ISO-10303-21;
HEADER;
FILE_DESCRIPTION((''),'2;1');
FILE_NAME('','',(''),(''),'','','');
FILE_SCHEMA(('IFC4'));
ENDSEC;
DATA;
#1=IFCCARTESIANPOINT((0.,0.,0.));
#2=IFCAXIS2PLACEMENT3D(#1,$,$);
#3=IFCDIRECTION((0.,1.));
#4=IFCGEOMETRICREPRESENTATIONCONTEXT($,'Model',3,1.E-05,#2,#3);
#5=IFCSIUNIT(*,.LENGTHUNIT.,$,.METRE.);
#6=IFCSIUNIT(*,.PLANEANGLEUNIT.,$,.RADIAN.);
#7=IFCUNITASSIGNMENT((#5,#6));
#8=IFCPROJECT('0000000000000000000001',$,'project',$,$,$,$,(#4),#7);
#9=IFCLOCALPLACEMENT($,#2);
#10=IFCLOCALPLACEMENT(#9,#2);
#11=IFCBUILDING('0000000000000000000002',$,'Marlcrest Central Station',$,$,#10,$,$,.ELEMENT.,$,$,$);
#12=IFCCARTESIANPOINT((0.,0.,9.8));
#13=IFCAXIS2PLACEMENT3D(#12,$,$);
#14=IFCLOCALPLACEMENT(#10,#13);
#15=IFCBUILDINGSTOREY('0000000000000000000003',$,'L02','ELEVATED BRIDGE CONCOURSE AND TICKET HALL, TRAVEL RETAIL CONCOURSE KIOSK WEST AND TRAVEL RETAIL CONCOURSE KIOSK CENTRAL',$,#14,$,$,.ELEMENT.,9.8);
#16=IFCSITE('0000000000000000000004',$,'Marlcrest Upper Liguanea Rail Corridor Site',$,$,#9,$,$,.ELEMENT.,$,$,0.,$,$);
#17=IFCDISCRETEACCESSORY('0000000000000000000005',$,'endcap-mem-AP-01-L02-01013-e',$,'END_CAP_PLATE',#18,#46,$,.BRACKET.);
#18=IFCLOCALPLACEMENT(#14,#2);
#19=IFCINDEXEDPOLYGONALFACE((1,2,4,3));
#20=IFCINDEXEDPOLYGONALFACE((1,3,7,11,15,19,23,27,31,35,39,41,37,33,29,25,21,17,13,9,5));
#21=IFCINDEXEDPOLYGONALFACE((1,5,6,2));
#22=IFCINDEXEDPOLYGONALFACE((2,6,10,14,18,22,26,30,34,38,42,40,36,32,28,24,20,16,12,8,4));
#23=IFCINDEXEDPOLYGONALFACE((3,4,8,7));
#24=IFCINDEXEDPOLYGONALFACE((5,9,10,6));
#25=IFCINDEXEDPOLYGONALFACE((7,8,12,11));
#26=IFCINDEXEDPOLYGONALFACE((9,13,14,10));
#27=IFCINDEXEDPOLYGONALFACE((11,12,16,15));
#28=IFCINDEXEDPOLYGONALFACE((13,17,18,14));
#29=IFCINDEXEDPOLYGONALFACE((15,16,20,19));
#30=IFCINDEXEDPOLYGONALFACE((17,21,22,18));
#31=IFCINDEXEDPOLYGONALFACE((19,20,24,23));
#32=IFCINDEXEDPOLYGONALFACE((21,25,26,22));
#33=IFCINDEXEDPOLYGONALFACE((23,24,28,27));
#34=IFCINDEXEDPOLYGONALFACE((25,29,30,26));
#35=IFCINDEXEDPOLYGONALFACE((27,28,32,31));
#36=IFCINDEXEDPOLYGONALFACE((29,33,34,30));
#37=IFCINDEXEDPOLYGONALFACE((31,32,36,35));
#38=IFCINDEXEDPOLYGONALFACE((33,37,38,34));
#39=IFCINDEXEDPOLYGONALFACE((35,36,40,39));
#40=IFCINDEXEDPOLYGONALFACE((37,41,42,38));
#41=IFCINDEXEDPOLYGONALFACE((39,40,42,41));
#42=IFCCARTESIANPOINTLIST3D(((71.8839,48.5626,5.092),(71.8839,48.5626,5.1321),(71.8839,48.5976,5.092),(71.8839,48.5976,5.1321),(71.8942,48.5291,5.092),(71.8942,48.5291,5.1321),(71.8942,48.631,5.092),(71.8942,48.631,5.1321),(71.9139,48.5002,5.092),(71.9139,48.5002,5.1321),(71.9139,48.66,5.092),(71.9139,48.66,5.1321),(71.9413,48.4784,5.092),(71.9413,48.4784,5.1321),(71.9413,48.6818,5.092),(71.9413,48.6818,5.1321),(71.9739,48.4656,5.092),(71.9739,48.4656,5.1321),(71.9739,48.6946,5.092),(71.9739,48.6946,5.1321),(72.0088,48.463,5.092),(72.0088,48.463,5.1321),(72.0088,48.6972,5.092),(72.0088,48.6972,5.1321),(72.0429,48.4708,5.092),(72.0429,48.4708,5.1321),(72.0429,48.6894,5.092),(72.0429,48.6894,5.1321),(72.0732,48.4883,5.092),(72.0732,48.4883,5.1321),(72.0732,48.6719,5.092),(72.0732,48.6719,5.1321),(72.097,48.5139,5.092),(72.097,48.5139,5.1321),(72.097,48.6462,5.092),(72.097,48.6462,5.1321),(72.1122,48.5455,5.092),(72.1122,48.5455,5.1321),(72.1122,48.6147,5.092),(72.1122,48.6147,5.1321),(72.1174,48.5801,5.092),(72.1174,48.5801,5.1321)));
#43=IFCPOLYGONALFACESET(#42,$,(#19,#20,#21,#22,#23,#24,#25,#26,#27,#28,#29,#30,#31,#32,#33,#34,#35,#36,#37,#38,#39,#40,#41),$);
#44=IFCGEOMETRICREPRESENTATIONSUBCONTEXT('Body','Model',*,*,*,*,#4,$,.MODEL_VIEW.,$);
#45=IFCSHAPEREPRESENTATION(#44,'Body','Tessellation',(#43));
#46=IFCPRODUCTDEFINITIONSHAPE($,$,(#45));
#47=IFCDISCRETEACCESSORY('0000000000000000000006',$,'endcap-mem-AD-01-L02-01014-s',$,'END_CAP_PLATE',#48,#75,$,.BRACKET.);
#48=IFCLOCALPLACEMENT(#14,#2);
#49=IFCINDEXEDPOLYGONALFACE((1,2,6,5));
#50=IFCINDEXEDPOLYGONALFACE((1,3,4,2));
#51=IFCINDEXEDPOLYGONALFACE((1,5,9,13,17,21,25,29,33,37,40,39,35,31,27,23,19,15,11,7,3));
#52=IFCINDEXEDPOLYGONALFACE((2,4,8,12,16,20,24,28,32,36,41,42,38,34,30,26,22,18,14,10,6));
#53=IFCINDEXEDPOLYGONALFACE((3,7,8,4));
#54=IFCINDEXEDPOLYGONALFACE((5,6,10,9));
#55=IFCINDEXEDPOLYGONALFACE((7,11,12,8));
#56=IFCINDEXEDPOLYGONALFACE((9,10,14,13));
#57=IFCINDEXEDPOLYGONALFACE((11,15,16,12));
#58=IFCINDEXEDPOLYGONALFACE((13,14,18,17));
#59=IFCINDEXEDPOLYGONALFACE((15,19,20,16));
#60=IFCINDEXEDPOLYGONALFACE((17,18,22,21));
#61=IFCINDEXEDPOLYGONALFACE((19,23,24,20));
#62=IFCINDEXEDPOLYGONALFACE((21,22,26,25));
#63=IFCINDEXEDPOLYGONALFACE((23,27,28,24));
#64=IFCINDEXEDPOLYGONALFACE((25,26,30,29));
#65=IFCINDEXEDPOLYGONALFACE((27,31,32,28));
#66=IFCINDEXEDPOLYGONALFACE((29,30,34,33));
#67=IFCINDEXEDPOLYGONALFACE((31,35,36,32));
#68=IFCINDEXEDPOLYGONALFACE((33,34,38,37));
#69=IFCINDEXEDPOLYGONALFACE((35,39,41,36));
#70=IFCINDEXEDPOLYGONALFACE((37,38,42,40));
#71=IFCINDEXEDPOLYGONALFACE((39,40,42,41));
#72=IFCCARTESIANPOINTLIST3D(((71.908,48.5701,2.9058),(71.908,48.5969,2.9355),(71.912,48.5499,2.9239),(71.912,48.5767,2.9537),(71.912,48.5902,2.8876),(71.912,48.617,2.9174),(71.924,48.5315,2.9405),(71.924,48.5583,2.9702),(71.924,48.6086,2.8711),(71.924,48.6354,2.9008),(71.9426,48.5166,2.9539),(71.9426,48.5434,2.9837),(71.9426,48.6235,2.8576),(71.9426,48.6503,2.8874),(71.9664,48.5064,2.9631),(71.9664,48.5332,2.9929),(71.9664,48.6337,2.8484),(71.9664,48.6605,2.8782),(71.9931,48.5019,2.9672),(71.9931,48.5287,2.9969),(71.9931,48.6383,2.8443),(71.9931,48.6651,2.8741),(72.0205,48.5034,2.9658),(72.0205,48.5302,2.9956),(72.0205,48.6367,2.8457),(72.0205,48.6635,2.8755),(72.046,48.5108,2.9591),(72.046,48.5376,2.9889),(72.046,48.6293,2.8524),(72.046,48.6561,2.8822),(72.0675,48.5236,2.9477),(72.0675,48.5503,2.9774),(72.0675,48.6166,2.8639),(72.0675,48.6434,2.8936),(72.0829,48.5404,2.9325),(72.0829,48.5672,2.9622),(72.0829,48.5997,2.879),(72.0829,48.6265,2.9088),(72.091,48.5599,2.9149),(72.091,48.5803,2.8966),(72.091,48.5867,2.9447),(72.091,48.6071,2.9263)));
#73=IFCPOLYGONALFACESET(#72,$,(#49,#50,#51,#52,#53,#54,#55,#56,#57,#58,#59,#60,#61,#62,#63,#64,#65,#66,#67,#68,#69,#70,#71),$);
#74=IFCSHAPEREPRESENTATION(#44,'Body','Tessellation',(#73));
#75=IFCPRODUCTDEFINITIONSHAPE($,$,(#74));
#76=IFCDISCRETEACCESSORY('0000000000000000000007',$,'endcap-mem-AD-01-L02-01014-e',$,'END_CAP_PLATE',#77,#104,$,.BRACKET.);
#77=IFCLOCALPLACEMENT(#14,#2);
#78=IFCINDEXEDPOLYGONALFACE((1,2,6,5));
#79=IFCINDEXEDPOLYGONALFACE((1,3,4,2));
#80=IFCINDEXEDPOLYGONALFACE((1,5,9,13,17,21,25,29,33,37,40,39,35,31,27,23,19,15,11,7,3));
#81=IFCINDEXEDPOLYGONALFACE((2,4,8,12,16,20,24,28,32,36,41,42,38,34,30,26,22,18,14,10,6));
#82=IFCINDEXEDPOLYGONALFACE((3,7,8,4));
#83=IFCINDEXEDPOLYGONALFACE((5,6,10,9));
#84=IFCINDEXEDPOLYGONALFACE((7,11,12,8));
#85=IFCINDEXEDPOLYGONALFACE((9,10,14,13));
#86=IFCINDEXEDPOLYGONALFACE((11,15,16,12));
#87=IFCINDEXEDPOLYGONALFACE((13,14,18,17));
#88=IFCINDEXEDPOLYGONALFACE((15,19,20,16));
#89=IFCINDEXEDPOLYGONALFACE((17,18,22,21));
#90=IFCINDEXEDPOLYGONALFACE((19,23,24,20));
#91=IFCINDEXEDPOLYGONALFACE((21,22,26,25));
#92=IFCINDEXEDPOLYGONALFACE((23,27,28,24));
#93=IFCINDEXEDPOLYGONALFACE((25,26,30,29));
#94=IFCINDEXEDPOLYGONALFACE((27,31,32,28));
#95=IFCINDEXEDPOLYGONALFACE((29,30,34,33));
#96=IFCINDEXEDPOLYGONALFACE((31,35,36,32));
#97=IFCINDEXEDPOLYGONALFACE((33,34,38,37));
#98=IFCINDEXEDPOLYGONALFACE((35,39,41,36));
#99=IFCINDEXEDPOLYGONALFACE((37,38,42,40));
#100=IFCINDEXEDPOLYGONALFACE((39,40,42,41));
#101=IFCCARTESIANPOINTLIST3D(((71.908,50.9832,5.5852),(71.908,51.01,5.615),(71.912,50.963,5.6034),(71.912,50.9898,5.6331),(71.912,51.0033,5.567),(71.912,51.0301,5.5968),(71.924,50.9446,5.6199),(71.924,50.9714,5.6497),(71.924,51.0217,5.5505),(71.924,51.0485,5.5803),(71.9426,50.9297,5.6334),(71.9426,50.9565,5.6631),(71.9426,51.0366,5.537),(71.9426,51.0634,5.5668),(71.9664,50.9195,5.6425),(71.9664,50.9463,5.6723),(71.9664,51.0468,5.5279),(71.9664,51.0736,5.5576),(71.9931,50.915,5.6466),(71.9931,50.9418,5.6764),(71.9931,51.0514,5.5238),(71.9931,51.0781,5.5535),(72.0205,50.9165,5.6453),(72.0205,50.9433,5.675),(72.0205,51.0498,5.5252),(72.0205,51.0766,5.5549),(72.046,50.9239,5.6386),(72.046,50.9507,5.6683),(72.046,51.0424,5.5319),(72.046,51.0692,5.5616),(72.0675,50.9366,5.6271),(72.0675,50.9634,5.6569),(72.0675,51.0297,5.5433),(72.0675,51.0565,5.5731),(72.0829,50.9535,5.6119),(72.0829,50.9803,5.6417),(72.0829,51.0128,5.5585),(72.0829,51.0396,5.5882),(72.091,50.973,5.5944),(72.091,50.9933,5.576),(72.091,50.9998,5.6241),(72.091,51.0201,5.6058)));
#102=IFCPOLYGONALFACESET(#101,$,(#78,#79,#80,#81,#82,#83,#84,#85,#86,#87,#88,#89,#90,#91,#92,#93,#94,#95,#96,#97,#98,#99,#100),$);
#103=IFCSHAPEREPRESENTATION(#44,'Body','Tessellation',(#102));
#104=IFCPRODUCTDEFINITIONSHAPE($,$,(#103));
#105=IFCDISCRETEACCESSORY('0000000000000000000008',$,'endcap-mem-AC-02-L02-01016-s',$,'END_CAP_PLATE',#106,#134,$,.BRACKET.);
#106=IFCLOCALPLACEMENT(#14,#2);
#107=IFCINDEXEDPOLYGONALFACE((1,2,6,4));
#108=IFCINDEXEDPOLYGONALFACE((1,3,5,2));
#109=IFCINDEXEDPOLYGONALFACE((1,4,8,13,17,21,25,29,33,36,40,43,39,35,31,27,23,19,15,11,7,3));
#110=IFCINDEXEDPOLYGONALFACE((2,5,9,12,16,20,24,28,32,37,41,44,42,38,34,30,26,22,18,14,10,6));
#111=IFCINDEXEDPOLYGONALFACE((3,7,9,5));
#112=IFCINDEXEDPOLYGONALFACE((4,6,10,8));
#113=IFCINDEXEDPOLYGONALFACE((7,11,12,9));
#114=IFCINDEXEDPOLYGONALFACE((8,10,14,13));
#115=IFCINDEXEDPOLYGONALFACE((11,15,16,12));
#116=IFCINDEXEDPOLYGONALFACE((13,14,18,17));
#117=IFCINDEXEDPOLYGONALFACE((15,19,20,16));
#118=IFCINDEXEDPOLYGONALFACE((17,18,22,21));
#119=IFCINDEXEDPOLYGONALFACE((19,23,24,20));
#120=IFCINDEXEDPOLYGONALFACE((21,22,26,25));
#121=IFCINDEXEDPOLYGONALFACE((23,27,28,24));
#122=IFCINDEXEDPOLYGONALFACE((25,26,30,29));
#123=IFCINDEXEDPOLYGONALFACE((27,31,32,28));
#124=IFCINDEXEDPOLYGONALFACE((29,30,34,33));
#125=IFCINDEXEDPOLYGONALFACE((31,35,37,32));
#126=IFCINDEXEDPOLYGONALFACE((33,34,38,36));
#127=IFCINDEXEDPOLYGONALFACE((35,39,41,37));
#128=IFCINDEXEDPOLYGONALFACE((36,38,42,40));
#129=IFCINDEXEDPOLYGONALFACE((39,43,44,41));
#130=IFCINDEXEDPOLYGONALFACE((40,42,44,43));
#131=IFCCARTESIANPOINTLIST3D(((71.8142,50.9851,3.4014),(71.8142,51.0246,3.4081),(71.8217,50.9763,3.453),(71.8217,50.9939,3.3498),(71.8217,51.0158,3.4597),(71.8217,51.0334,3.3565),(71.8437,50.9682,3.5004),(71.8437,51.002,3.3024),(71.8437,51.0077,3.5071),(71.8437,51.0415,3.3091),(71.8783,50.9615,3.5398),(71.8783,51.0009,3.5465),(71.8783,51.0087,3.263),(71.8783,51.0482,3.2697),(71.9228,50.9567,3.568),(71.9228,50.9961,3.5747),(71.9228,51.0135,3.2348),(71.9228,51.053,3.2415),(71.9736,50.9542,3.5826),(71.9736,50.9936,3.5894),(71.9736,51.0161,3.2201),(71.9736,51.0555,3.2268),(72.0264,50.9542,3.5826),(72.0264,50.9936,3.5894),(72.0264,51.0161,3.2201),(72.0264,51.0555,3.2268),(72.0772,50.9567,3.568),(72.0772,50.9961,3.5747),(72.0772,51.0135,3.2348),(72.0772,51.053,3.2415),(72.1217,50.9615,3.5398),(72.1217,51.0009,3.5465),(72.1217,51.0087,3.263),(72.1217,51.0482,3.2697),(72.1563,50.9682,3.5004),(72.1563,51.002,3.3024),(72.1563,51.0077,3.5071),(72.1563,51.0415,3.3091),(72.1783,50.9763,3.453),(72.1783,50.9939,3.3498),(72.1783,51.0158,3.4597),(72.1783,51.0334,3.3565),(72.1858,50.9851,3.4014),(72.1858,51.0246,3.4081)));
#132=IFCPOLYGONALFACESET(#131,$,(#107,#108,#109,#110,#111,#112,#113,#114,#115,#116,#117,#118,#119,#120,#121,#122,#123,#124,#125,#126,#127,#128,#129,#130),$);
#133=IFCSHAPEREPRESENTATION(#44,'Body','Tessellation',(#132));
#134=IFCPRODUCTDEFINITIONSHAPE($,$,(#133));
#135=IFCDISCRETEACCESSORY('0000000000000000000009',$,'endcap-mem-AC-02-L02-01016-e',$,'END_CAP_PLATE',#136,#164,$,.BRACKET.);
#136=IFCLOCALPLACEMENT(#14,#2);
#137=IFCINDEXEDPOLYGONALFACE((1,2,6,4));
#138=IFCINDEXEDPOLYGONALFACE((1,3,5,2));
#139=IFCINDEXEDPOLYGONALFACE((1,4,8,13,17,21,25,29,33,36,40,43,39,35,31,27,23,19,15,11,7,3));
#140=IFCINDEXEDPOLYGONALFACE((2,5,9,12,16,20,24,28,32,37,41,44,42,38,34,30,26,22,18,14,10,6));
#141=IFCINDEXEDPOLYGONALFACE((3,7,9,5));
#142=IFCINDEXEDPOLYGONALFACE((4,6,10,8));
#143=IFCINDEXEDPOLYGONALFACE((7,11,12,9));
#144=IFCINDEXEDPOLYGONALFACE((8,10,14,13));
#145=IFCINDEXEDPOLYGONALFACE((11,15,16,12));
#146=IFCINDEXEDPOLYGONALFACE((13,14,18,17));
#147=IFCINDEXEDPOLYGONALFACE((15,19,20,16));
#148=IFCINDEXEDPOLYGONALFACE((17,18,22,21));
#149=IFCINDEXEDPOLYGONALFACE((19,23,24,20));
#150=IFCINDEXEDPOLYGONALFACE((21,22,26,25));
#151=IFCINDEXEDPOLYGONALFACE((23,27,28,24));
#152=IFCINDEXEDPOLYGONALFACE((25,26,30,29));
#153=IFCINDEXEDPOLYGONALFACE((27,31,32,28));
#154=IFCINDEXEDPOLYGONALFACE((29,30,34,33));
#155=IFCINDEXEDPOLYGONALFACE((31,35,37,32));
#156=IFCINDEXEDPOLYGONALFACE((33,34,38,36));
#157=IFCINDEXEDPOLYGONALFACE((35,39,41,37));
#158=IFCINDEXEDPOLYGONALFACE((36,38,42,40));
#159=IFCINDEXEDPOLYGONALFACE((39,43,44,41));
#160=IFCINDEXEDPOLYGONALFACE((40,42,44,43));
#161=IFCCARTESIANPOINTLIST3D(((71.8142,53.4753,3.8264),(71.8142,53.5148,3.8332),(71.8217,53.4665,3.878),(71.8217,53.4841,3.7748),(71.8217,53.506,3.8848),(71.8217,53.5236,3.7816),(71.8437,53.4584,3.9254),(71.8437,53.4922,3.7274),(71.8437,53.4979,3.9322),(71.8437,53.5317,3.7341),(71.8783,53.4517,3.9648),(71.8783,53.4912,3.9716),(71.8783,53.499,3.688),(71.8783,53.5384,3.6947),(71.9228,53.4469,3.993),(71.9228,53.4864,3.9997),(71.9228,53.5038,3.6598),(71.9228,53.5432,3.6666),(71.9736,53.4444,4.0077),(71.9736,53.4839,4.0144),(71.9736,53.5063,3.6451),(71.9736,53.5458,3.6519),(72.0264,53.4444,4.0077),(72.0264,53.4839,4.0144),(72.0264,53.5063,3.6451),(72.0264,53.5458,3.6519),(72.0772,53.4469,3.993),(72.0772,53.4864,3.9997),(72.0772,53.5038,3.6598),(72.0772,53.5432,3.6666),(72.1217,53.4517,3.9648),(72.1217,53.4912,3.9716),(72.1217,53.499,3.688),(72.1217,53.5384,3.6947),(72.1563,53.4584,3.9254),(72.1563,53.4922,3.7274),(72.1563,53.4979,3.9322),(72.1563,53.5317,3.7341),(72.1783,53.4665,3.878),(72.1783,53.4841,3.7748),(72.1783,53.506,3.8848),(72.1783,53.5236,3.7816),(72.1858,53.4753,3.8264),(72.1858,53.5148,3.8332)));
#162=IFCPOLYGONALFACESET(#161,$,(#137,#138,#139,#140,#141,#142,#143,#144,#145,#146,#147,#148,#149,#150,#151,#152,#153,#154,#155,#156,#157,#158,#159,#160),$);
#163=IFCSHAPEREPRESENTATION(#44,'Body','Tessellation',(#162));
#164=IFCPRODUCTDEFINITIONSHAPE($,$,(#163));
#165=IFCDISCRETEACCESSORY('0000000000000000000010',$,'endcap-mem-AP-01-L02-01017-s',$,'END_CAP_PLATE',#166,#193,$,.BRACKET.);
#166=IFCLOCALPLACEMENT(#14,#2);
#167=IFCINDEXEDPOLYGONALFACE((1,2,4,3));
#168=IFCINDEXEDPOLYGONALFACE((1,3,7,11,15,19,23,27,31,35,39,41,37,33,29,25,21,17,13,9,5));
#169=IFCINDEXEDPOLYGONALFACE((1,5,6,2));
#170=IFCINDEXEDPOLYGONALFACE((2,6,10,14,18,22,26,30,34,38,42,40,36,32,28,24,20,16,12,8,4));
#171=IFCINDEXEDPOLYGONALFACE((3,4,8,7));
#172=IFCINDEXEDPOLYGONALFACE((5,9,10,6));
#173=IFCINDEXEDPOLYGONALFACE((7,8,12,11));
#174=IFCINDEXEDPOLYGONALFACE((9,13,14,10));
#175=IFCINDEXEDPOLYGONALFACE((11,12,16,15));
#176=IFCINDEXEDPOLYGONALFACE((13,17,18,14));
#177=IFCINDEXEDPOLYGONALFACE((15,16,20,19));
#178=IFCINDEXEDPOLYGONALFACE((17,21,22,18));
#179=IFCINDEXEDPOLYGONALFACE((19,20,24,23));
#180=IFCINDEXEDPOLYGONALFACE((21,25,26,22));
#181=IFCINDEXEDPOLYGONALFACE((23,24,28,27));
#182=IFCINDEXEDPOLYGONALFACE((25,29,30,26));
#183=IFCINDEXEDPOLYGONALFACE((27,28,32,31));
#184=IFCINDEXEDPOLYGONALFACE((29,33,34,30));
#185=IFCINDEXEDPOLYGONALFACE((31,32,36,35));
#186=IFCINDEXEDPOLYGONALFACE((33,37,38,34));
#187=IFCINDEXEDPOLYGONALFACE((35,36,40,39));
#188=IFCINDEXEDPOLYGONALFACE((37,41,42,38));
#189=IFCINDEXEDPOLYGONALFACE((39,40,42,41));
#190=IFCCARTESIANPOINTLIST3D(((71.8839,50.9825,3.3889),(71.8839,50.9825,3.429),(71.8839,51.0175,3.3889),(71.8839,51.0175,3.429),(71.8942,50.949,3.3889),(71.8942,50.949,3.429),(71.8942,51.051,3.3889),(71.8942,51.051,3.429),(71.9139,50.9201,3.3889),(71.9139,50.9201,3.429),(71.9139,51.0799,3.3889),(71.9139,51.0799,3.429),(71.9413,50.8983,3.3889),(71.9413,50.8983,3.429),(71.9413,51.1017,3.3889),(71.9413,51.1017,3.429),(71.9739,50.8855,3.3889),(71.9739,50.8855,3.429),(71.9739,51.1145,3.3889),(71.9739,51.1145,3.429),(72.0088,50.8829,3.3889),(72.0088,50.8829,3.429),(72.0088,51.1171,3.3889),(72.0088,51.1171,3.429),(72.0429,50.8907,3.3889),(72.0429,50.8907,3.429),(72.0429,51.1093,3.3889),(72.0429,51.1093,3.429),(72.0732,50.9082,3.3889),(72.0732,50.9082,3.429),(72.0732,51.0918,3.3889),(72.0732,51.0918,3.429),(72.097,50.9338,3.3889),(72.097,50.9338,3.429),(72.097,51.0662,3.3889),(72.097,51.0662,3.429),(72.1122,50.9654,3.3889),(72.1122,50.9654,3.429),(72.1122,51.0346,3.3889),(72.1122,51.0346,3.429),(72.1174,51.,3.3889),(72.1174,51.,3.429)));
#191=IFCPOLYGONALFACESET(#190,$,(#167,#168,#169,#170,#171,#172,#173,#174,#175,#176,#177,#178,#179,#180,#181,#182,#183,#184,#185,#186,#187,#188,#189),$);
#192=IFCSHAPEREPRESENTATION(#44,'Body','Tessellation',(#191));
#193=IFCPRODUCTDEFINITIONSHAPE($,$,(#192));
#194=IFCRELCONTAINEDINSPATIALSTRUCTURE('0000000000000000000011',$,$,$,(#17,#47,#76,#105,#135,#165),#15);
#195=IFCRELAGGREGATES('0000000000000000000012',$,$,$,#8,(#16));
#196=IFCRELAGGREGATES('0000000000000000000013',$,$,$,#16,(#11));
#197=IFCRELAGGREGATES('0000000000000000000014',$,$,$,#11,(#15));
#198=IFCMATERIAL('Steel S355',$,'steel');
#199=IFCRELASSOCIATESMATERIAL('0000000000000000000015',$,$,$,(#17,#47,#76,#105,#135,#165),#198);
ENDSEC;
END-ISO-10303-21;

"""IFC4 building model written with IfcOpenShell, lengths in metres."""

from ifc_helpers import new_model, si_unit, direction, frame, origin, origin_2d, place, context, subcontext, project, spatial, circle, extrude, material, element, save


model = new_model("IFC4")

# Units and contexts
model_context = context("Model", 3, precision=1e-05, world=origin(), true_north=direction((0.0, 1.0)))
body_context = subcontext(model_context, "Body", "Model", "MODEL_VIEW")
ifc_project = project(units=[si_unit("LENGTHUNIT", "METRE"), si_unit("PLANEANGLEUNIT", "RADIAN")], contexts=[model_context])

# Site, building, storey
site_placement = place(None, origin())
site = spatial("IfcSite", under=ifc_project, at=site_placement, Name="Marlcrest Upper Liguanea Rail Corridor Site", CompositionType="ELEMENT", RefElevation=0.0)
building_placement = place(site_placement, origin())
building = spatial("IfcBuilding", under=site, at=building_placement, Name="Marlcrest Central Station", CompositionType="ELEMENT")
storey_placement = place(building_placement, frame((0.0, 0.0, 9.8)))
storey = spatial("IfcBuildingStorey", under=building, at=storey_placement, Name="L02", Description="ELEVATED BRIDGE CONCOURSE AND TICKET HALL, TRAVEL RETAIL CONCOURSE KIOSK WEST AND TRAVEL RETAIL CONCOURSE KIOSK CENTRAL", CompositionType="ELEMENT", Elevation=9.8)

# Shared definitions
ifc_material = material(Name="Steel S355", Category="steel")

# Discrete accessories
for number, where, z_axis, x_axis, name in (
    (1, (72.0, 48.5801, 5.092), (0.0, 0.0, 1.0), (1.0, 0.0, 0.0), "endcap-mem-AP-01-L02-01013-e"),
):
    element("IfcDiscreteAccessory", number, at=place(storey_placement, frame(where, z_axis=z_axis, x_axis=x_axis)), inside=storey, material=ifc_material, Name=name, ObjectType="END_CAP_PLATE", PredefinedType="BRACKET", context=body_context, shape_type="SweptSolid", body=[
        extrude(circle(Radius=0.1174, at=origin_2d()), origin(), (0.0, 0.0, 1.0), 0.04),
    ])
for number, where, z_axis, x_axis, name in (
    (2, (72.0, 48.5701, 2.9058), (0.0, 0.669244, 0.743042), (-1.0, 0.0, 0.0), "endcap-mem-AD-01-L02-01014-s"),
    (3, (72.0, 50.9832, 5.5852), (0.0, 0.669244, 0.743042), (-1.0, 0.0, 0.0), "endcap-mem-AD-01-L02-01014-e"),
):
    element("IfcDiscreteAccessory", number, at=place(storey_placement, frame(where, z_axis=z_axis, x_axis=x_axis)), inside=storey, material=ifc_material, Name=name, ObjectType="END_CAP_PLATE", PredefinedType="BRACKET", context=body_context, shape_type="SweptSolid", body=[
        extrude(circle(Radius=0.092, at=origin_2d()), origin(), (0.0, 0.0, 1.0), 0.04),
    ])
for number, where, z_axis, x_axis, name in (
    (4, (72.0, 50.9851, 3.4014), (0.0, 0.985741, 0.168269), (-1.0, 0.0, 0.0), "endcap-mem-AC-02-L02-01016-s"),
    (5, (72.0, 53.4753, 3.8264), (0.0, 0.985741, 0.168269), (-1.0, 0.0, 0.0), "endcap-mem-AC-02-L02-01016-e"),
):
    element("IfcDiscreteAccessory", number, at=place(storey_placement, frame(where, z_axis=z_axis, x_axis=x_axis)), inside=storey, material=ifc_material, Name=name, ObjectType="END_CAP_PLATE", PredefinedType="BRACKET", context=body_context, shape_type="SweptSolid", body=[
        extrude(circle(Radius=0.1858, at=origin_2d()), origin(), (0.0, 0.0, 1.0), 0.04),
    ])
for number, where, z_axis, x_axis, name in (
    (6, (72.0, 51.0, 3.3889), (0.0, 0.0, 1.0), (1.0, 0.0, 0.0), "endcap-mem-AP-01-L02-01017-s"),
):
    element("IfcDiscreteAccessory", number, at=place(storey_placement, frame(where, z_axis=z_axis, x_axis=x_axis)), inside=storey, material=ifc_material, Name=name, ObjectType="END_CAP_PLATE", PredefinedType="BRACKET", context=body_context, shape_type="SweptSolid", body=[
        extrude(circle(Radius=0.1174, at=origin_2d()), origin(), (0.0, 0.0, 1.0), 0.04),
    ])

save(model, "model.ifc")
